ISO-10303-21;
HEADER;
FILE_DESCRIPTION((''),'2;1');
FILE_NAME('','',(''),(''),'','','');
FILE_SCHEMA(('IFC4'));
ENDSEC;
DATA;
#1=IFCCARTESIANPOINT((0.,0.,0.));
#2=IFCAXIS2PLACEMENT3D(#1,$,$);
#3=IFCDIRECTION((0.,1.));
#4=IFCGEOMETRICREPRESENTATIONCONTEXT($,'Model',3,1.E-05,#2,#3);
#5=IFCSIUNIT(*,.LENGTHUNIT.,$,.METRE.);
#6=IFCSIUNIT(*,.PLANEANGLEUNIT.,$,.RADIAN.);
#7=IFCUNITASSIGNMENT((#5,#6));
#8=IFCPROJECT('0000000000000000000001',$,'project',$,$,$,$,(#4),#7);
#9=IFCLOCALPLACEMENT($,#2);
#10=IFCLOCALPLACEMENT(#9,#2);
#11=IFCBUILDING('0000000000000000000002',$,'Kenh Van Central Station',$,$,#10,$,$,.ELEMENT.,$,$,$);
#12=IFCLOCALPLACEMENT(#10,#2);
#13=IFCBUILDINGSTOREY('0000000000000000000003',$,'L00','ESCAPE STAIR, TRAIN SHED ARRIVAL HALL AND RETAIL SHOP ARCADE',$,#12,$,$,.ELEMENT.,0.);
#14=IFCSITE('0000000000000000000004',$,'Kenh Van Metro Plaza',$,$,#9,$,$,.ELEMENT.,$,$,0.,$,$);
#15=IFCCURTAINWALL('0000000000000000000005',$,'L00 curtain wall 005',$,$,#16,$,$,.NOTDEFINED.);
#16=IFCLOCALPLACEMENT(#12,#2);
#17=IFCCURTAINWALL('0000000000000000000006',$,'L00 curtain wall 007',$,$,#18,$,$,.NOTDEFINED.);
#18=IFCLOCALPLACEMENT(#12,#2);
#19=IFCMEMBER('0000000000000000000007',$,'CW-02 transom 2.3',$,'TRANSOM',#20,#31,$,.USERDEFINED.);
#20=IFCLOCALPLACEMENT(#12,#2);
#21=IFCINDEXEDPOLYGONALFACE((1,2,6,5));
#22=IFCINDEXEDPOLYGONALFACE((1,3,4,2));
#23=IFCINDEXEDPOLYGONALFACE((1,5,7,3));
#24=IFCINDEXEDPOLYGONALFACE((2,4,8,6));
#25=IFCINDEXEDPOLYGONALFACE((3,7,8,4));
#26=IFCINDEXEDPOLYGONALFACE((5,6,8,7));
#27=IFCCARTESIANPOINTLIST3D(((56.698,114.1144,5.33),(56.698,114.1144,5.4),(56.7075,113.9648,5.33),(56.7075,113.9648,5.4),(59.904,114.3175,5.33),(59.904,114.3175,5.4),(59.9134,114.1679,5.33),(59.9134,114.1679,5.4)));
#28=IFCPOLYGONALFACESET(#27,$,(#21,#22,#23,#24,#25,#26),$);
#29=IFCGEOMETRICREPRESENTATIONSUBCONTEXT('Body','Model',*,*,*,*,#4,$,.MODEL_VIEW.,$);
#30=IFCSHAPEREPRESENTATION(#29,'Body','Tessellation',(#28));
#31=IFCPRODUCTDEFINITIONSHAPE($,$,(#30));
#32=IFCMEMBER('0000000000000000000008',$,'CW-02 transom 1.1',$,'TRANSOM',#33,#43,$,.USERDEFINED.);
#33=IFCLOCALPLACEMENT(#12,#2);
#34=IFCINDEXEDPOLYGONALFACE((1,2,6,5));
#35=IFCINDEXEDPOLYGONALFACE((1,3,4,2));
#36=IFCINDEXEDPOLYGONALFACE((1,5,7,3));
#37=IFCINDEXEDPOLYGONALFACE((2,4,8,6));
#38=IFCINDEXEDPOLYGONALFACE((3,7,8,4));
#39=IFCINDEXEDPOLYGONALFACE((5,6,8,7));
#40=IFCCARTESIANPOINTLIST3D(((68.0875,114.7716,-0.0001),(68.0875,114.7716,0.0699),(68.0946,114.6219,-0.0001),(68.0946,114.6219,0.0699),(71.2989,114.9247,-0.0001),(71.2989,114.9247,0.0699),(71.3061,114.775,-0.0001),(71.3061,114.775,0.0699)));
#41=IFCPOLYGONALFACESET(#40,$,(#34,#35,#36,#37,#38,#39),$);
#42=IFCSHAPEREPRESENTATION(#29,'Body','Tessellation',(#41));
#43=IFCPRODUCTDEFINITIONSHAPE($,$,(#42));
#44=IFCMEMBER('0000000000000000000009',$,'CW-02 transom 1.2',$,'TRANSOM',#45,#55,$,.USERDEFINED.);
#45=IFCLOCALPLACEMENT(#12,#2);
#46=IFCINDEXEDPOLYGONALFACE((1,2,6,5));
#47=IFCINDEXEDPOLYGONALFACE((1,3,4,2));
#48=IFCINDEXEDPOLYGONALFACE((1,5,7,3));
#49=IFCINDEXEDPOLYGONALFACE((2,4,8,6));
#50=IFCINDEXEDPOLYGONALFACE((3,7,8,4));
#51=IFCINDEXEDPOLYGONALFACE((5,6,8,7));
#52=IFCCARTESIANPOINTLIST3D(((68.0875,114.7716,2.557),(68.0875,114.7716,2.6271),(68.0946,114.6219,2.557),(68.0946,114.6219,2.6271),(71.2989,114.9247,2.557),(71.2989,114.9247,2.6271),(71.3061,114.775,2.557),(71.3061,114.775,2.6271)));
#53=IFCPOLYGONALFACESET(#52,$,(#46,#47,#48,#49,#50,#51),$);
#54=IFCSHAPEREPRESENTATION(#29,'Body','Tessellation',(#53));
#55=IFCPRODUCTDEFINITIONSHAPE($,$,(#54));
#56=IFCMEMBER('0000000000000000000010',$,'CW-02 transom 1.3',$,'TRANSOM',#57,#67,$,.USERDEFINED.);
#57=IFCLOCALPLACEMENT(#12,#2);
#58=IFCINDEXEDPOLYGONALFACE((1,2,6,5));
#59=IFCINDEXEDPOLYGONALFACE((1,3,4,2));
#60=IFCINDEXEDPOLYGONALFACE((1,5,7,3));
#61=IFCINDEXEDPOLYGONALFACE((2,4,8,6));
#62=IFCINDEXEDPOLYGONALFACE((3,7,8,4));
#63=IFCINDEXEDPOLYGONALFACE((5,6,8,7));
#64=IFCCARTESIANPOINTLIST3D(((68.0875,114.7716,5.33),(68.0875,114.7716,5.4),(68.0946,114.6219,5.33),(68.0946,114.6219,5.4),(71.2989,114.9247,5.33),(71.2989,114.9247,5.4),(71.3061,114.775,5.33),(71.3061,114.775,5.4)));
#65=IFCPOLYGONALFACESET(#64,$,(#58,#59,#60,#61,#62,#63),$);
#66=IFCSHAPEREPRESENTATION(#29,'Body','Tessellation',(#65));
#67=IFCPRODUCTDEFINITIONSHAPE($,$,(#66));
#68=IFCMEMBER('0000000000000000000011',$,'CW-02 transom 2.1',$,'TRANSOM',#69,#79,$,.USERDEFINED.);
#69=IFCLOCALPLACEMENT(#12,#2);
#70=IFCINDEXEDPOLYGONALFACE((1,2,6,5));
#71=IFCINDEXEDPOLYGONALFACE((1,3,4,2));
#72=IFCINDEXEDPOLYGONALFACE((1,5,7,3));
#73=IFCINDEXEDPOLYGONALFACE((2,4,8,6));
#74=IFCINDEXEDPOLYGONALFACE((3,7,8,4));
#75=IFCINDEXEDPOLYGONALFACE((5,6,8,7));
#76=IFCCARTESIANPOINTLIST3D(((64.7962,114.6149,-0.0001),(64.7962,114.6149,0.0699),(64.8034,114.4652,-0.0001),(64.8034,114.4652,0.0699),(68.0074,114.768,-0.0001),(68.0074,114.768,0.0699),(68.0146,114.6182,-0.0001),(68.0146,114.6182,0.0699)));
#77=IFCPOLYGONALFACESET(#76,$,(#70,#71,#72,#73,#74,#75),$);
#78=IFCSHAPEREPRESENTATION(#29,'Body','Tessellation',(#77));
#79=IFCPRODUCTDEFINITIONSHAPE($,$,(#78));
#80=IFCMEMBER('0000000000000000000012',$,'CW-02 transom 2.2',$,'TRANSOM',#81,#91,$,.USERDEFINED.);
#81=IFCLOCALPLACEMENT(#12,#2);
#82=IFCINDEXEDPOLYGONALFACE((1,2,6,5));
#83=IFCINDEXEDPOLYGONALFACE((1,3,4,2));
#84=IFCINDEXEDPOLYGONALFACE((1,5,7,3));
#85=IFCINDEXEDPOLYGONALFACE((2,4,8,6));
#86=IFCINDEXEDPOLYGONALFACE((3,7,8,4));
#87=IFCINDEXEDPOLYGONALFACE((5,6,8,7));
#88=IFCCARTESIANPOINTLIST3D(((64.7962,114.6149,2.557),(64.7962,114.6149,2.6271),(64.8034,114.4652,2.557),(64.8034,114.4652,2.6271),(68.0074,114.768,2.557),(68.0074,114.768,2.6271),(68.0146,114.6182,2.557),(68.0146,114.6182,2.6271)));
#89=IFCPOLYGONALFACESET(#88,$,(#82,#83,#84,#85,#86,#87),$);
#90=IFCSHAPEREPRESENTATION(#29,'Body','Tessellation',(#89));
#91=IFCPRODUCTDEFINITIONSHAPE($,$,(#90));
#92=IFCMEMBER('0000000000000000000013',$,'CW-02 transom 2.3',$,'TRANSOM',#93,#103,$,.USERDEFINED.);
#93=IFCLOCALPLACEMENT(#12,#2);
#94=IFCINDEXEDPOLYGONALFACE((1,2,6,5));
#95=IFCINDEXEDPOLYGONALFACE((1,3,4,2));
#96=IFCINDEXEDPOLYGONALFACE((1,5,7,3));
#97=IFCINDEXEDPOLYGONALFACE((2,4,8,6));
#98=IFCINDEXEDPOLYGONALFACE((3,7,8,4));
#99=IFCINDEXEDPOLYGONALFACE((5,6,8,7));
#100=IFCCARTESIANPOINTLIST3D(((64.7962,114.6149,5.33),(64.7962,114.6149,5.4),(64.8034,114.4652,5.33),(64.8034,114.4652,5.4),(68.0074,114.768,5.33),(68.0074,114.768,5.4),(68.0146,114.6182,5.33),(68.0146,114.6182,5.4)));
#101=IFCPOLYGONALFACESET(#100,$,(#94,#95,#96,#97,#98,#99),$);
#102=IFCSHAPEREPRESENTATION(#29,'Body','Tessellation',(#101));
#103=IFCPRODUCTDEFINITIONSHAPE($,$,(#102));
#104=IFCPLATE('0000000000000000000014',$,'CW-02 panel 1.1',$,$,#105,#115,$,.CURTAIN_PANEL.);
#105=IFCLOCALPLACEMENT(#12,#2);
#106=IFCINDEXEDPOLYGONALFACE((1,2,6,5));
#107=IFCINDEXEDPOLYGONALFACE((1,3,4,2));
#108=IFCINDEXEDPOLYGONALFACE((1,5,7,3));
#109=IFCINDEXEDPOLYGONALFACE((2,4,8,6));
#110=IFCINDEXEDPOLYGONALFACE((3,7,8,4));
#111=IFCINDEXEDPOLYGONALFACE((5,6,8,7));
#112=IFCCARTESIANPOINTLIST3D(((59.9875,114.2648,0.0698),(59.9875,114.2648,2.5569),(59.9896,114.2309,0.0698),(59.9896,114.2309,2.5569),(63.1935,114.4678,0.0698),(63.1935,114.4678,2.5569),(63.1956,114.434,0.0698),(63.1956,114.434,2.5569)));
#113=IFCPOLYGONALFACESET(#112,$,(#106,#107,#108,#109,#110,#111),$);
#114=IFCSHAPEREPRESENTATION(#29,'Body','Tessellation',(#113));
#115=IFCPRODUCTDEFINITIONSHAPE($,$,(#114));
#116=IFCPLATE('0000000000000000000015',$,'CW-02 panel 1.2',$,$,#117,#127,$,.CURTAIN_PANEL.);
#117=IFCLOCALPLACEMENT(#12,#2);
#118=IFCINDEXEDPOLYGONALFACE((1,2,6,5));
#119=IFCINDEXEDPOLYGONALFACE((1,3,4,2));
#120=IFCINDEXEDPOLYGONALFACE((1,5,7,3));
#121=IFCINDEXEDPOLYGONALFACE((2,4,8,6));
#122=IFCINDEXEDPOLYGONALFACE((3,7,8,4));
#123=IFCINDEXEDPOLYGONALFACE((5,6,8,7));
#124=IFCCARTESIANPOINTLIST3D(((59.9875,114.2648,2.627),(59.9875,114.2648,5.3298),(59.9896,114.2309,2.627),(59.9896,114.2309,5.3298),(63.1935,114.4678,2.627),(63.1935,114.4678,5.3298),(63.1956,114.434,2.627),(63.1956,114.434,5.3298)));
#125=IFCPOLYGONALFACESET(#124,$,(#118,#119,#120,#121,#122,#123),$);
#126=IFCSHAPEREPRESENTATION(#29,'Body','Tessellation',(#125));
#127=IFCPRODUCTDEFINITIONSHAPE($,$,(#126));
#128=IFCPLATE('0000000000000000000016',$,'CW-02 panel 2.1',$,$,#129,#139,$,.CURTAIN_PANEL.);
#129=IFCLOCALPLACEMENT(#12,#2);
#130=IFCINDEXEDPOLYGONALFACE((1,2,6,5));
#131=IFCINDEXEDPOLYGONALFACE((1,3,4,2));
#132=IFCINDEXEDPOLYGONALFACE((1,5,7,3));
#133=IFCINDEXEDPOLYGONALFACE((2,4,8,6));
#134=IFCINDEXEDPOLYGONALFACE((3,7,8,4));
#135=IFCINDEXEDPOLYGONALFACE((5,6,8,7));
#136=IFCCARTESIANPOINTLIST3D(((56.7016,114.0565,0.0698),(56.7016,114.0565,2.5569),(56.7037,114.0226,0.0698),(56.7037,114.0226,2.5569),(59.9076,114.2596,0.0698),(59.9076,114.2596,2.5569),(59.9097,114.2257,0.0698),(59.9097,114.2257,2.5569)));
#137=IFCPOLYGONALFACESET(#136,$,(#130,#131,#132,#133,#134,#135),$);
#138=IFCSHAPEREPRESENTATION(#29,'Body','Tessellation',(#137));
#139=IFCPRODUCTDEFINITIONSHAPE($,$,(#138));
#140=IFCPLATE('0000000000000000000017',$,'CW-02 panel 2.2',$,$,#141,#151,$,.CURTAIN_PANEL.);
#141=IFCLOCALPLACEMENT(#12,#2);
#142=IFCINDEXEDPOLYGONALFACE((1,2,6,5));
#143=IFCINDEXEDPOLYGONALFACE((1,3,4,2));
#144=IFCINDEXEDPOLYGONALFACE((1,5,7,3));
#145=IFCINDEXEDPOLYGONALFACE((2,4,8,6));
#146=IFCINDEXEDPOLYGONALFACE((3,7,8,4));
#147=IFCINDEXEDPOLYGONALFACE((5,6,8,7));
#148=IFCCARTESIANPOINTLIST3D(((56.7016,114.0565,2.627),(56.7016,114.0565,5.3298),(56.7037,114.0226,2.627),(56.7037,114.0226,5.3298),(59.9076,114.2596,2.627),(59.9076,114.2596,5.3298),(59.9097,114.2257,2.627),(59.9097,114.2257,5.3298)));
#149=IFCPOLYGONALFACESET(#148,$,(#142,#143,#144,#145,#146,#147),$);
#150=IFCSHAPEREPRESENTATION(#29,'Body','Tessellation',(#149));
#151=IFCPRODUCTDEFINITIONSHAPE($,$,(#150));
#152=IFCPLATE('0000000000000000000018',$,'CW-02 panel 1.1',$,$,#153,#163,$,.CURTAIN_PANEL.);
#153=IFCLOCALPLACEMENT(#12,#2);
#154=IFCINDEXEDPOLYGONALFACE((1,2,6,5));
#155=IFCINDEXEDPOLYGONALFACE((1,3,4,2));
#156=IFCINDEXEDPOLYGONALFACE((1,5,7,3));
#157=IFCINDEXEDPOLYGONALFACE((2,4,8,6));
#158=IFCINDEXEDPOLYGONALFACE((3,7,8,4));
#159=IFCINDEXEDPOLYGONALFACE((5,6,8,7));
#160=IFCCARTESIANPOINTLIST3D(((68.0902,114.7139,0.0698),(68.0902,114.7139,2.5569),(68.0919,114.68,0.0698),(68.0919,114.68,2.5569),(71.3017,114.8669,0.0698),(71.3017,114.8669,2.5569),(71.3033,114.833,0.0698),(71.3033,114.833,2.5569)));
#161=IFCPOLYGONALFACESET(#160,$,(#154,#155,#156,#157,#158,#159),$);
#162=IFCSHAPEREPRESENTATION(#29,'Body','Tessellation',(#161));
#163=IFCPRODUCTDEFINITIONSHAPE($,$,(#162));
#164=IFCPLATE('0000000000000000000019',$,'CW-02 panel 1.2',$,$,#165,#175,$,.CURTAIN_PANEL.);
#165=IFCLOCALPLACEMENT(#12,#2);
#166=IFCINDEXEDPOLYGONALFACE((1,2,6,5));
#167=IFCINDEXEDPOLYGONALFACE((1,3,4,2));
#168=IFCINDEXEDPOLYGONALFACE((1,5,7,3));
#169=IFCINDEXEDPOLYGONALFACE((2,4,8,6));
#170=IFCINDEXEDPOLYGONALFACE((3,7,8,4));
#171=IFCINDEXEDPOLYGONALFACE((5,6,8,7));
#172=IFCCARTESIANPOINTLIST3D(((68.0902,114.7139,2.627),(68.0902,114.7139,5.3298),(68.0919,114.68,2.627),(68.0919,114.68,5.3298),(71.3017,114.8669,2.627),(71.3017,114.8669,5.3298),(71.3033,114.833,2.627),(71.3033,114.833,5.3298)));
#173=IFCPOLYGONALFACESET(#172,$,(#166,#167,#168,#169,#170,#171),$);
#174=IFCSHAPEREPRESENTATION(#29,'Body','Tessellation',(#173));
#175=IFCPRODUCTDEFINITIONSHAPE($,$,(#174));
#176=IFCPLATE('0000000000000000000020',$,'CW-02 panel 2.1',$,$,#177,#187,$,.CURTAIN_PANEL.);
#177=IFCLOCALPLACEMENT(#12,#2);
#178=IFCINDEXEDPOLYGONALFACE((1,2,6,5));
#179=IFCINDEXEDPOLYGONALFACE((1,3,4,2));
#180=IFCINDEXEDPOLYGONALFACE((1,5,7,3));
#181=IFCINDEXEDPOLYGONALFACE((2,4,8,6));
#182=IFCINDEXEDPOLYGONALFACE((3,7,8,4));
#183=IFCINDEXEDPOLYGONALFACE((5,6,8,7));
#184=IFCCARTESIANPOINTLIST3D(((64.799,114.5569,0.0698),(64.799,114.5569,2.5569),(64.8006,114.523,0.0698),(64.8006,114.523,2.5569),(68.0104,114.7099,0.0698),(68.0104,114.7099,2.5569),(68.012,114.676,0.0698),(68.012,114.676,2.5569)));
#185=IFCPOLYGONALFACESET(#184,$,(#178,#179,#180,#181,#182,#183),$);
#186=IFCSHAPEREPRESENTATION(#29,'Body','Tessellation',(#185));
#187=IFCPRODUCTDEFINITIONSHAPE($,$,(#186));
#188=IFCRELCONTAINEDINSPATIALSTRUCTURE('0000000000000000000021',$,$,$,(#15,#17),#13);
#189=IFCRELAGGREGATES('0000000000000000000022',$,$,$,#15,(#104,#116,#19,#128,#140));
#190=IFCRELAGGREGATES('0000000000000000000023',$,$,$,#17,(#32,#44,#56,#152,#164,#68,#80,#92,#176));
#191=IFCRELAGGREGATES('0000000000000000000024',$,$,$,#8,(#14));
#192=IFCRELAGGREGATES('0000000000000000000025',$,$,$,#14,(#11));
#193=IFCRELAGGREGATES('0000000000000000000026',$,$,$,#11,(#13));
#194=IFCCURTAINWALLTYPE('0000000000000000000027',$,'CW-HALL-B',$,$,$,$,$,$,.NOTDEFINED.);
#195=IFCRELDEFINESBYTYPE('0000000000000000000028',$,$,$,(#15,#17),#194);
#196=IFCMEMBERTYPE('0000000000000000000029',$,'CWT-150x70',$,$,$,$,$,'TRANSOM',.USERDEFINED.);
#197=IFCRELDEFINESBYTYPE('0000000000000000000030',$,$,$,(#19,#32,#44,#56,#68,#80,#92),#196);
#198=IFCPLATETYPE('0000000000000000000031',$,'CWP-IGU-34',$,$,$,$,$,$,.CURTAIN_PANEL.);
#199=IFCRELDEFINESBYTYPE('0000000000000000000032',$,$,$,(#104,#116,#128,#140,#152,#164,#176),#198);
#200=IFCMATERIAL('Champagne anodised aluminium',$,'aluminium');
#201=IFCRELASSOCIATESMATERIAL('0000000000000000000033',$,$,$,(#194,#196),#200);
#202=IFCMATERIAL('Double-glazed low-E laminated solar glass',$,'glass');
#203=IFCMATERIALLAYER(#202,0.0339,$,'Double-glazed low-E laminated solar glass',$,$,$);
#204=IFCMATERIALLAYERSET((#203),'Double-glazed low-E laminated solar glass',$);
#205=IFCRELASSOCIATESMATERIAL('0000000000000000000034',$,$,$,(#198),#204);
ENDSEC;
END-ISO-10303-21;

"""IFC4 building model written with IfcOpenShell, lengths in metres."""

from ifc_helpers import new_model, si_unit, direction, frame, origin, origin_2d, place, context, subcontext, project, spatial, rectangle, extrude, material, layer, layer_set, material_profile, profile_set, type_object, element, aggregate, save


model = new_model("IFC4")

# Units and contexts
model_context = context("Model", 3, precision=1e-05, world=origin(), true_north=direction((0.0, 1.0)))
body_context = subcontext(model_context, "Body", "Model", "MODEL_VIEW")
ifc_project = project(units=[si_unit("LENGTHUNIT", "METRE"), si_unit("PLANEANGLEUNIT", "RADIAN")], contexts=[model_context])

# Site, building, storey
site_placement = place(None, origin())
site = spatial("IfcSite", under=ifc_project, at=site_placement, Name="Kenh Van Metro Plaza", CompositionType="ELEMENT", RefElevation=0.0)
building_placement = place(site_placement, origin())
building = spatial("IfcBuilding", under=site, at=building_placement, Name="Kenh Van Central Station", CompositionType="ELEMENT")
storey_placement = place(building_placement, origin())
storey = spatial("IfcBuildingStorey", under=building, at=storey_placement, Name="L00", Description="ESCAPE STAIR, TRAIN SHED ARRIVAL HALL AND RETAIL SHOP ARCADE", CompositionType="ELEMENT", Elevation=0.0)

# Curtain walls
ifc_material_1 = material(Name="Champagne anodised aluminium", Category="aluminium")
curtain_wall_type = type_object("IfcCurtainWallType", Name="CW-HALL-B", PredefinedType="NOTDEFINED", material=ifc_material_1)
curtain_wall_1_placement = place(storey_placement, origin())
curtain_wall_1 = element("IfcCurtainWall", 1, at=curtain_wall_1_placement, inside=storey, type_object=curtain_wall_type, Name="L00 curtain wall 005", PredefinedType="NOTDEFINED")
curtain_wall_2_placement = place(storey_placement, origin())
curtain_wall_2 = element("IfcCurtainWall", 2, at=curtain_wall_2_placement, inside=storey, type_object=curtain_wall_type, Name="L00 curtain wall 007", PredefinedType="NOTDEFINED")

# Members
ifc_material_profile_1 = material_profile(ifc_material_1, rectangle(XDim=0.1499, YDim=0.0701, at=origin_2d()), Name="AL 150x70")
ifc_profile_set_1 = profile_set([ifc_material_profile_1], Name="Champagne anodised aluminium")
member_type_1 = type_object("IfcMemberType", Name="CWT-150x70", ElementType="TRANSOM", PredefinedType="USERDEFINED", material=ifc_profile_set_1)
member_1_placement = place(storey_placement, frame((59.9087, 114.2427, 5.365), z_axis=(-0.997999, -0.06323, 0.0), x_axis=(0.06323, -0.997999, 0.0)))
member_1 = element("IfcMember", 3, at=member_1_placement, type_object=member_type_1, Name="CW-02 transom 2.3", ObjectType="TRANSOM", PredefinedType="USERDEFINED", context=body_context, shape_type="SweptSolid", body=[
    extrude(rectangle(XDim=0.1499, YDim=0.0701, at=origin_2d()), origin(), (0.0, 0.0, 1.0), 3.2124),
])
member_2_placement = place(storey_placement, frame((71.3025, 114.8499, 0.0349), z_axis=(-0.998866, -0.047612, 0.0), x_axis=(0.047612, -0.998866, 0.0)))
member_2 = element("IfcMember", 4, at=member_2_placement, type_object=member_type_1, Name="CW-02 transom 1.1", ObjectType="TRANSOM", PredefinedType="USERDEFINED", context=body_context, shape_type="SweptSolid", body=[
    extrude(rectangle(XDim=0.1499, YDim=0.0701, at=origin_2d()), origin(), (0.0, 0.0, 1.0), 3.2151),
])
member_3_placement = place(storey_placement, frame((71.3025, 114.8499, 2.592), z_axis=(-0.998866, -0.047612, 0.0), x_axis=(0.047612, -0.998866, 0.0)))
member_3 = element("IfcMember", 5, at=member_3_placement, type_object=member_type_1, Name="CW-02 transom 1.2", ObjectType="TRANSOM", PredefinedType="USERDEFINED", context=body_context, shape_type="SweptSolid", body=[
    extrude(rectangle(XDim=0.1499, YDim=0.0701, at=origin_2d()), origin(), (0.0, 0.0, 1.0), 3.2151),
])
member_4_placement = place(storey_placement, frame((71.3025, 114.8499, 5.365), z_axis=(-0.998866, -0.047612, 0.0), x_axis=(0.047612, -0.998866, 0.0)))
member_4 = element("IfcMember", 6, at=member_4_placement, type_object=member_type_1, Name="CW-02 transom 1.3", ObjectType="TRANSOM", PredefinedType="USERDEFINED", context=body_context, shape_type="SweptSolid", body=[
    extrude(rectangle(XDim=0.1499, YDim=0.0701, at=origin_2d()), origin(), (0.0, 0.0, 1.0), 3.2151),
])
member_5_placement = place(storey_placement, frame((68.011, 114.6931, 0.0349), z_axis=(-0.998866, -0.047616, 0.0), x_axis=(0.047616, -0.998866, 0.0)))
member_5 = element("IfcMember", 7, at=member_5_placement, type_object=member_type_1, Name="CW-02 transom 2.1", ObjectType="TRANSOM", PredefinedType="USERDEFINED", context=body_context, shape_type="SweptSolid", body=[
    extrude(rectangle(XDim=0.1499, YDim=0.0701, at=origin_2d()), origin(), (0.0, 0.0, 1.0), 3.2148),
])
member_6_placement = place(storey_placement, frame((68.011, 114.6931, 2.592), z_axis=(-0.998866, -0.047616, 0.0), x_axis=(0.047616, -0.998866, 0.0)))
member_6 = element("IfcMember", 8, at=member_6_placement, type_object=member_type_1, Name="CW-02 transom 2.2", ObjectType="TRANSOM", PredefinedType="USERDEFINED", context=body_context, shape_type="SweptSolid", body=[
    extrude(rectangle(XDim=0.1499, YDim=0.0701, at=origin_2d()), origin(), (0.0, 0.0, 1.0), 3.2148),
])
member_7_placement = place(storey_placement, frame((68.011, 114.6931, 5.365), z_axis=(-0.998866, -0.047616, 0.0), x_axis=(0.047616, -0.998866, 0.0)))
member_7 = element("IfcMember", 9, at=member_7_placement, type_object=member_type_1, Name="CW-02 transom 2.3", ObjectType="TRANSOM", PredefinedType="USERDEFINED", context=body_context, shape_type="SweptSolid", body=[
    extrude(rectangle(XDim=0.1499, YDim=0.0701, at=origin_2d()), origin(), (0.0, 0.0, 1.0), 3.2148),
])

# Plates
ifc_material_2 = material(Name="Double-glazed low-E laminated solar glass", Category="glass")
ifc_layer_1 = layer(ifc_material_2, 0.0339, Name="Double-glazed low-E laminated solar glass")
ifc_layer_set_1 = layer_set([ifc_layer_1], Name="Double-glazed low-E laminated solar glass")
plate_type = type_object("IfcPlateType", Name="CWP-IGU-34", PredefinedType="CURTAIN_PANEL", material=ifc_layer_set_1)
plate_1_placement = place(storey_placement, frame((61.5916, 114.3494, 0.0698), z_axis=(0.0, 0.0, 1.0), x_axis=(-0.998, -0.063211, 0.0)))
plate_1 = element("IfcPlate", 10, at=plate_1_placement, type_object=plate_type, Name="CW-02 panel 1.1", PredefinedType="CURTAIN_PANEL", context=body_context, shape_type="SweptSolid", body=[
    extrude(rectangle(XDim=3.2124, YDim=0.0339, at=origin_2d()), origin(), (0.0, 0.0, 1.0), 2.4871),
])
plate_2_placement = place(storey_placement, frame((61.5916, 114.3494, 2.627), z_axis=(0.0, 0.0, 1.0), x_axis=(-0.998, -0.063211, 0.0)))
plate_2 = element("IfcPlate", 11, at=plate_2_placement, type_object=plate_type, Name="CW-02 panel 1.2", PredefinedType="CURTAIN_PANEL", context=body_context, shape_type="SweptSolid", body=[
    extrude(rectangle(XDim=3.2124, YDim=0.0339, at=origin_2d()), origin(), (0.0, 0.0, 1.0), 2.7029),
])
plate_3_placement = place(storey_placement, frame((58.3057, 114.1411, 0.0698), z_axis=(0.0, 0.0, 1.0), x_axis=(-0.998, -0.063211, 0.0)))
plate_3 = element("IfcPlate", 12, at=plate_3_placement, type_object=plate_type, Name="CW-02 panel 2.1", PredefinedType="CURTAIN_PANEL", context=body_context, shape_type="SweptSolid", body=[
    extrude(rectangle(XDim=3.2124, YDim=0.0339, at=origin_2d()), origin(), (0.0, 0.0, 1.0), 2.4871),
])
plate_4_placement = place(storey_placement, frame((58.3057, 114.1411, 2.627), z_axis=(0.0, 0.0, 1.0), x_axis=(-0.998, -0.063211, 0.0)))
plate_4 = element("IfcPlate", 13, at=plate_4_placement, type_object=plate_type, Name="CW-02 panel 2.2", PredefinedType="CURTAIN_PANEL", context=body_context, shape_type="SweptSolid", body=[
    extrude(rectangle(XDim=3.2124, YDim=0.0339, at=origin_2d()), origin(), (0.0, 0.0, 1.0), 2.7029),
])
aggregate(curtain_wall_1, [plate_1, plate_2, member_1, plate_3, plate_4])
plate_5_placement = place(storey_placement, frame((69.6968, 114.7734, 0.0698), z_axis=(0.0, 0.0, 1.0), x_axis=(-0.998866, -0.047601, 0.0)))
plate_5 = element("IfcPlate", 14, at=plate_5_placement, type_object=plate_type, Name="CW-02 panel 1.1", PredefinedType="CURTAIN_PANEL", context=body_context, shape_type="SweptSolid", body=[
    extrude(rectangle(XDim=3.2151, YDim=0.0339, at=origin_2d()), origin(), (0.0, 0.0, 1.0), 2.4871),
])
plate_6_placement = place(storey_placement, frame((69.6968, 114.7734, 2.627), z_axis=(0.0, 0.0, 1.0), x_axis=(-0.998866, -0.047601, 0.0)))
plate_6 = element("IfcPlate", 15, at=plate_6_placement, type_object=plate_type, Name="CW-02 panel 1.2", PredefinedType="CURTAIN_PANEL", context=body_context, shape_type="SweptSolid", body=[
    extrude(rectangle(XDim=3.2151, YDim=0.0339, at=origin_2d()), origin(), (0.0, 0.0, 1.0), 2.7029),
])
plate_7_placement = place(storey_placement, frame((66.4055, 114.6165, 0.0698), z_axis=(0.0, 0.0, 1.0), x_axis=(-0.998866, -0.047601, 0.0)))
plate_7 = element("IfcPlate", 16, at=plate_7_placement, type_object=plate_type, Name="CW-02 panel 2.1", PredefinedType="CURTAIN_PANEL", context=body_context, shape_type="SweptSolid", body=[
    extrude(rectangle(XDim=3.2151, YDim=0.0339, at=origin_2d()), origin(), (0.0, 0.0, 1.0), 2.4871),
])
aggregate(curtain_wall_2, [member_2, member_3, member_4, plate_5, plate_6, member_5, member_6, member_7, plate_7])

save(model, "model.ifc")
